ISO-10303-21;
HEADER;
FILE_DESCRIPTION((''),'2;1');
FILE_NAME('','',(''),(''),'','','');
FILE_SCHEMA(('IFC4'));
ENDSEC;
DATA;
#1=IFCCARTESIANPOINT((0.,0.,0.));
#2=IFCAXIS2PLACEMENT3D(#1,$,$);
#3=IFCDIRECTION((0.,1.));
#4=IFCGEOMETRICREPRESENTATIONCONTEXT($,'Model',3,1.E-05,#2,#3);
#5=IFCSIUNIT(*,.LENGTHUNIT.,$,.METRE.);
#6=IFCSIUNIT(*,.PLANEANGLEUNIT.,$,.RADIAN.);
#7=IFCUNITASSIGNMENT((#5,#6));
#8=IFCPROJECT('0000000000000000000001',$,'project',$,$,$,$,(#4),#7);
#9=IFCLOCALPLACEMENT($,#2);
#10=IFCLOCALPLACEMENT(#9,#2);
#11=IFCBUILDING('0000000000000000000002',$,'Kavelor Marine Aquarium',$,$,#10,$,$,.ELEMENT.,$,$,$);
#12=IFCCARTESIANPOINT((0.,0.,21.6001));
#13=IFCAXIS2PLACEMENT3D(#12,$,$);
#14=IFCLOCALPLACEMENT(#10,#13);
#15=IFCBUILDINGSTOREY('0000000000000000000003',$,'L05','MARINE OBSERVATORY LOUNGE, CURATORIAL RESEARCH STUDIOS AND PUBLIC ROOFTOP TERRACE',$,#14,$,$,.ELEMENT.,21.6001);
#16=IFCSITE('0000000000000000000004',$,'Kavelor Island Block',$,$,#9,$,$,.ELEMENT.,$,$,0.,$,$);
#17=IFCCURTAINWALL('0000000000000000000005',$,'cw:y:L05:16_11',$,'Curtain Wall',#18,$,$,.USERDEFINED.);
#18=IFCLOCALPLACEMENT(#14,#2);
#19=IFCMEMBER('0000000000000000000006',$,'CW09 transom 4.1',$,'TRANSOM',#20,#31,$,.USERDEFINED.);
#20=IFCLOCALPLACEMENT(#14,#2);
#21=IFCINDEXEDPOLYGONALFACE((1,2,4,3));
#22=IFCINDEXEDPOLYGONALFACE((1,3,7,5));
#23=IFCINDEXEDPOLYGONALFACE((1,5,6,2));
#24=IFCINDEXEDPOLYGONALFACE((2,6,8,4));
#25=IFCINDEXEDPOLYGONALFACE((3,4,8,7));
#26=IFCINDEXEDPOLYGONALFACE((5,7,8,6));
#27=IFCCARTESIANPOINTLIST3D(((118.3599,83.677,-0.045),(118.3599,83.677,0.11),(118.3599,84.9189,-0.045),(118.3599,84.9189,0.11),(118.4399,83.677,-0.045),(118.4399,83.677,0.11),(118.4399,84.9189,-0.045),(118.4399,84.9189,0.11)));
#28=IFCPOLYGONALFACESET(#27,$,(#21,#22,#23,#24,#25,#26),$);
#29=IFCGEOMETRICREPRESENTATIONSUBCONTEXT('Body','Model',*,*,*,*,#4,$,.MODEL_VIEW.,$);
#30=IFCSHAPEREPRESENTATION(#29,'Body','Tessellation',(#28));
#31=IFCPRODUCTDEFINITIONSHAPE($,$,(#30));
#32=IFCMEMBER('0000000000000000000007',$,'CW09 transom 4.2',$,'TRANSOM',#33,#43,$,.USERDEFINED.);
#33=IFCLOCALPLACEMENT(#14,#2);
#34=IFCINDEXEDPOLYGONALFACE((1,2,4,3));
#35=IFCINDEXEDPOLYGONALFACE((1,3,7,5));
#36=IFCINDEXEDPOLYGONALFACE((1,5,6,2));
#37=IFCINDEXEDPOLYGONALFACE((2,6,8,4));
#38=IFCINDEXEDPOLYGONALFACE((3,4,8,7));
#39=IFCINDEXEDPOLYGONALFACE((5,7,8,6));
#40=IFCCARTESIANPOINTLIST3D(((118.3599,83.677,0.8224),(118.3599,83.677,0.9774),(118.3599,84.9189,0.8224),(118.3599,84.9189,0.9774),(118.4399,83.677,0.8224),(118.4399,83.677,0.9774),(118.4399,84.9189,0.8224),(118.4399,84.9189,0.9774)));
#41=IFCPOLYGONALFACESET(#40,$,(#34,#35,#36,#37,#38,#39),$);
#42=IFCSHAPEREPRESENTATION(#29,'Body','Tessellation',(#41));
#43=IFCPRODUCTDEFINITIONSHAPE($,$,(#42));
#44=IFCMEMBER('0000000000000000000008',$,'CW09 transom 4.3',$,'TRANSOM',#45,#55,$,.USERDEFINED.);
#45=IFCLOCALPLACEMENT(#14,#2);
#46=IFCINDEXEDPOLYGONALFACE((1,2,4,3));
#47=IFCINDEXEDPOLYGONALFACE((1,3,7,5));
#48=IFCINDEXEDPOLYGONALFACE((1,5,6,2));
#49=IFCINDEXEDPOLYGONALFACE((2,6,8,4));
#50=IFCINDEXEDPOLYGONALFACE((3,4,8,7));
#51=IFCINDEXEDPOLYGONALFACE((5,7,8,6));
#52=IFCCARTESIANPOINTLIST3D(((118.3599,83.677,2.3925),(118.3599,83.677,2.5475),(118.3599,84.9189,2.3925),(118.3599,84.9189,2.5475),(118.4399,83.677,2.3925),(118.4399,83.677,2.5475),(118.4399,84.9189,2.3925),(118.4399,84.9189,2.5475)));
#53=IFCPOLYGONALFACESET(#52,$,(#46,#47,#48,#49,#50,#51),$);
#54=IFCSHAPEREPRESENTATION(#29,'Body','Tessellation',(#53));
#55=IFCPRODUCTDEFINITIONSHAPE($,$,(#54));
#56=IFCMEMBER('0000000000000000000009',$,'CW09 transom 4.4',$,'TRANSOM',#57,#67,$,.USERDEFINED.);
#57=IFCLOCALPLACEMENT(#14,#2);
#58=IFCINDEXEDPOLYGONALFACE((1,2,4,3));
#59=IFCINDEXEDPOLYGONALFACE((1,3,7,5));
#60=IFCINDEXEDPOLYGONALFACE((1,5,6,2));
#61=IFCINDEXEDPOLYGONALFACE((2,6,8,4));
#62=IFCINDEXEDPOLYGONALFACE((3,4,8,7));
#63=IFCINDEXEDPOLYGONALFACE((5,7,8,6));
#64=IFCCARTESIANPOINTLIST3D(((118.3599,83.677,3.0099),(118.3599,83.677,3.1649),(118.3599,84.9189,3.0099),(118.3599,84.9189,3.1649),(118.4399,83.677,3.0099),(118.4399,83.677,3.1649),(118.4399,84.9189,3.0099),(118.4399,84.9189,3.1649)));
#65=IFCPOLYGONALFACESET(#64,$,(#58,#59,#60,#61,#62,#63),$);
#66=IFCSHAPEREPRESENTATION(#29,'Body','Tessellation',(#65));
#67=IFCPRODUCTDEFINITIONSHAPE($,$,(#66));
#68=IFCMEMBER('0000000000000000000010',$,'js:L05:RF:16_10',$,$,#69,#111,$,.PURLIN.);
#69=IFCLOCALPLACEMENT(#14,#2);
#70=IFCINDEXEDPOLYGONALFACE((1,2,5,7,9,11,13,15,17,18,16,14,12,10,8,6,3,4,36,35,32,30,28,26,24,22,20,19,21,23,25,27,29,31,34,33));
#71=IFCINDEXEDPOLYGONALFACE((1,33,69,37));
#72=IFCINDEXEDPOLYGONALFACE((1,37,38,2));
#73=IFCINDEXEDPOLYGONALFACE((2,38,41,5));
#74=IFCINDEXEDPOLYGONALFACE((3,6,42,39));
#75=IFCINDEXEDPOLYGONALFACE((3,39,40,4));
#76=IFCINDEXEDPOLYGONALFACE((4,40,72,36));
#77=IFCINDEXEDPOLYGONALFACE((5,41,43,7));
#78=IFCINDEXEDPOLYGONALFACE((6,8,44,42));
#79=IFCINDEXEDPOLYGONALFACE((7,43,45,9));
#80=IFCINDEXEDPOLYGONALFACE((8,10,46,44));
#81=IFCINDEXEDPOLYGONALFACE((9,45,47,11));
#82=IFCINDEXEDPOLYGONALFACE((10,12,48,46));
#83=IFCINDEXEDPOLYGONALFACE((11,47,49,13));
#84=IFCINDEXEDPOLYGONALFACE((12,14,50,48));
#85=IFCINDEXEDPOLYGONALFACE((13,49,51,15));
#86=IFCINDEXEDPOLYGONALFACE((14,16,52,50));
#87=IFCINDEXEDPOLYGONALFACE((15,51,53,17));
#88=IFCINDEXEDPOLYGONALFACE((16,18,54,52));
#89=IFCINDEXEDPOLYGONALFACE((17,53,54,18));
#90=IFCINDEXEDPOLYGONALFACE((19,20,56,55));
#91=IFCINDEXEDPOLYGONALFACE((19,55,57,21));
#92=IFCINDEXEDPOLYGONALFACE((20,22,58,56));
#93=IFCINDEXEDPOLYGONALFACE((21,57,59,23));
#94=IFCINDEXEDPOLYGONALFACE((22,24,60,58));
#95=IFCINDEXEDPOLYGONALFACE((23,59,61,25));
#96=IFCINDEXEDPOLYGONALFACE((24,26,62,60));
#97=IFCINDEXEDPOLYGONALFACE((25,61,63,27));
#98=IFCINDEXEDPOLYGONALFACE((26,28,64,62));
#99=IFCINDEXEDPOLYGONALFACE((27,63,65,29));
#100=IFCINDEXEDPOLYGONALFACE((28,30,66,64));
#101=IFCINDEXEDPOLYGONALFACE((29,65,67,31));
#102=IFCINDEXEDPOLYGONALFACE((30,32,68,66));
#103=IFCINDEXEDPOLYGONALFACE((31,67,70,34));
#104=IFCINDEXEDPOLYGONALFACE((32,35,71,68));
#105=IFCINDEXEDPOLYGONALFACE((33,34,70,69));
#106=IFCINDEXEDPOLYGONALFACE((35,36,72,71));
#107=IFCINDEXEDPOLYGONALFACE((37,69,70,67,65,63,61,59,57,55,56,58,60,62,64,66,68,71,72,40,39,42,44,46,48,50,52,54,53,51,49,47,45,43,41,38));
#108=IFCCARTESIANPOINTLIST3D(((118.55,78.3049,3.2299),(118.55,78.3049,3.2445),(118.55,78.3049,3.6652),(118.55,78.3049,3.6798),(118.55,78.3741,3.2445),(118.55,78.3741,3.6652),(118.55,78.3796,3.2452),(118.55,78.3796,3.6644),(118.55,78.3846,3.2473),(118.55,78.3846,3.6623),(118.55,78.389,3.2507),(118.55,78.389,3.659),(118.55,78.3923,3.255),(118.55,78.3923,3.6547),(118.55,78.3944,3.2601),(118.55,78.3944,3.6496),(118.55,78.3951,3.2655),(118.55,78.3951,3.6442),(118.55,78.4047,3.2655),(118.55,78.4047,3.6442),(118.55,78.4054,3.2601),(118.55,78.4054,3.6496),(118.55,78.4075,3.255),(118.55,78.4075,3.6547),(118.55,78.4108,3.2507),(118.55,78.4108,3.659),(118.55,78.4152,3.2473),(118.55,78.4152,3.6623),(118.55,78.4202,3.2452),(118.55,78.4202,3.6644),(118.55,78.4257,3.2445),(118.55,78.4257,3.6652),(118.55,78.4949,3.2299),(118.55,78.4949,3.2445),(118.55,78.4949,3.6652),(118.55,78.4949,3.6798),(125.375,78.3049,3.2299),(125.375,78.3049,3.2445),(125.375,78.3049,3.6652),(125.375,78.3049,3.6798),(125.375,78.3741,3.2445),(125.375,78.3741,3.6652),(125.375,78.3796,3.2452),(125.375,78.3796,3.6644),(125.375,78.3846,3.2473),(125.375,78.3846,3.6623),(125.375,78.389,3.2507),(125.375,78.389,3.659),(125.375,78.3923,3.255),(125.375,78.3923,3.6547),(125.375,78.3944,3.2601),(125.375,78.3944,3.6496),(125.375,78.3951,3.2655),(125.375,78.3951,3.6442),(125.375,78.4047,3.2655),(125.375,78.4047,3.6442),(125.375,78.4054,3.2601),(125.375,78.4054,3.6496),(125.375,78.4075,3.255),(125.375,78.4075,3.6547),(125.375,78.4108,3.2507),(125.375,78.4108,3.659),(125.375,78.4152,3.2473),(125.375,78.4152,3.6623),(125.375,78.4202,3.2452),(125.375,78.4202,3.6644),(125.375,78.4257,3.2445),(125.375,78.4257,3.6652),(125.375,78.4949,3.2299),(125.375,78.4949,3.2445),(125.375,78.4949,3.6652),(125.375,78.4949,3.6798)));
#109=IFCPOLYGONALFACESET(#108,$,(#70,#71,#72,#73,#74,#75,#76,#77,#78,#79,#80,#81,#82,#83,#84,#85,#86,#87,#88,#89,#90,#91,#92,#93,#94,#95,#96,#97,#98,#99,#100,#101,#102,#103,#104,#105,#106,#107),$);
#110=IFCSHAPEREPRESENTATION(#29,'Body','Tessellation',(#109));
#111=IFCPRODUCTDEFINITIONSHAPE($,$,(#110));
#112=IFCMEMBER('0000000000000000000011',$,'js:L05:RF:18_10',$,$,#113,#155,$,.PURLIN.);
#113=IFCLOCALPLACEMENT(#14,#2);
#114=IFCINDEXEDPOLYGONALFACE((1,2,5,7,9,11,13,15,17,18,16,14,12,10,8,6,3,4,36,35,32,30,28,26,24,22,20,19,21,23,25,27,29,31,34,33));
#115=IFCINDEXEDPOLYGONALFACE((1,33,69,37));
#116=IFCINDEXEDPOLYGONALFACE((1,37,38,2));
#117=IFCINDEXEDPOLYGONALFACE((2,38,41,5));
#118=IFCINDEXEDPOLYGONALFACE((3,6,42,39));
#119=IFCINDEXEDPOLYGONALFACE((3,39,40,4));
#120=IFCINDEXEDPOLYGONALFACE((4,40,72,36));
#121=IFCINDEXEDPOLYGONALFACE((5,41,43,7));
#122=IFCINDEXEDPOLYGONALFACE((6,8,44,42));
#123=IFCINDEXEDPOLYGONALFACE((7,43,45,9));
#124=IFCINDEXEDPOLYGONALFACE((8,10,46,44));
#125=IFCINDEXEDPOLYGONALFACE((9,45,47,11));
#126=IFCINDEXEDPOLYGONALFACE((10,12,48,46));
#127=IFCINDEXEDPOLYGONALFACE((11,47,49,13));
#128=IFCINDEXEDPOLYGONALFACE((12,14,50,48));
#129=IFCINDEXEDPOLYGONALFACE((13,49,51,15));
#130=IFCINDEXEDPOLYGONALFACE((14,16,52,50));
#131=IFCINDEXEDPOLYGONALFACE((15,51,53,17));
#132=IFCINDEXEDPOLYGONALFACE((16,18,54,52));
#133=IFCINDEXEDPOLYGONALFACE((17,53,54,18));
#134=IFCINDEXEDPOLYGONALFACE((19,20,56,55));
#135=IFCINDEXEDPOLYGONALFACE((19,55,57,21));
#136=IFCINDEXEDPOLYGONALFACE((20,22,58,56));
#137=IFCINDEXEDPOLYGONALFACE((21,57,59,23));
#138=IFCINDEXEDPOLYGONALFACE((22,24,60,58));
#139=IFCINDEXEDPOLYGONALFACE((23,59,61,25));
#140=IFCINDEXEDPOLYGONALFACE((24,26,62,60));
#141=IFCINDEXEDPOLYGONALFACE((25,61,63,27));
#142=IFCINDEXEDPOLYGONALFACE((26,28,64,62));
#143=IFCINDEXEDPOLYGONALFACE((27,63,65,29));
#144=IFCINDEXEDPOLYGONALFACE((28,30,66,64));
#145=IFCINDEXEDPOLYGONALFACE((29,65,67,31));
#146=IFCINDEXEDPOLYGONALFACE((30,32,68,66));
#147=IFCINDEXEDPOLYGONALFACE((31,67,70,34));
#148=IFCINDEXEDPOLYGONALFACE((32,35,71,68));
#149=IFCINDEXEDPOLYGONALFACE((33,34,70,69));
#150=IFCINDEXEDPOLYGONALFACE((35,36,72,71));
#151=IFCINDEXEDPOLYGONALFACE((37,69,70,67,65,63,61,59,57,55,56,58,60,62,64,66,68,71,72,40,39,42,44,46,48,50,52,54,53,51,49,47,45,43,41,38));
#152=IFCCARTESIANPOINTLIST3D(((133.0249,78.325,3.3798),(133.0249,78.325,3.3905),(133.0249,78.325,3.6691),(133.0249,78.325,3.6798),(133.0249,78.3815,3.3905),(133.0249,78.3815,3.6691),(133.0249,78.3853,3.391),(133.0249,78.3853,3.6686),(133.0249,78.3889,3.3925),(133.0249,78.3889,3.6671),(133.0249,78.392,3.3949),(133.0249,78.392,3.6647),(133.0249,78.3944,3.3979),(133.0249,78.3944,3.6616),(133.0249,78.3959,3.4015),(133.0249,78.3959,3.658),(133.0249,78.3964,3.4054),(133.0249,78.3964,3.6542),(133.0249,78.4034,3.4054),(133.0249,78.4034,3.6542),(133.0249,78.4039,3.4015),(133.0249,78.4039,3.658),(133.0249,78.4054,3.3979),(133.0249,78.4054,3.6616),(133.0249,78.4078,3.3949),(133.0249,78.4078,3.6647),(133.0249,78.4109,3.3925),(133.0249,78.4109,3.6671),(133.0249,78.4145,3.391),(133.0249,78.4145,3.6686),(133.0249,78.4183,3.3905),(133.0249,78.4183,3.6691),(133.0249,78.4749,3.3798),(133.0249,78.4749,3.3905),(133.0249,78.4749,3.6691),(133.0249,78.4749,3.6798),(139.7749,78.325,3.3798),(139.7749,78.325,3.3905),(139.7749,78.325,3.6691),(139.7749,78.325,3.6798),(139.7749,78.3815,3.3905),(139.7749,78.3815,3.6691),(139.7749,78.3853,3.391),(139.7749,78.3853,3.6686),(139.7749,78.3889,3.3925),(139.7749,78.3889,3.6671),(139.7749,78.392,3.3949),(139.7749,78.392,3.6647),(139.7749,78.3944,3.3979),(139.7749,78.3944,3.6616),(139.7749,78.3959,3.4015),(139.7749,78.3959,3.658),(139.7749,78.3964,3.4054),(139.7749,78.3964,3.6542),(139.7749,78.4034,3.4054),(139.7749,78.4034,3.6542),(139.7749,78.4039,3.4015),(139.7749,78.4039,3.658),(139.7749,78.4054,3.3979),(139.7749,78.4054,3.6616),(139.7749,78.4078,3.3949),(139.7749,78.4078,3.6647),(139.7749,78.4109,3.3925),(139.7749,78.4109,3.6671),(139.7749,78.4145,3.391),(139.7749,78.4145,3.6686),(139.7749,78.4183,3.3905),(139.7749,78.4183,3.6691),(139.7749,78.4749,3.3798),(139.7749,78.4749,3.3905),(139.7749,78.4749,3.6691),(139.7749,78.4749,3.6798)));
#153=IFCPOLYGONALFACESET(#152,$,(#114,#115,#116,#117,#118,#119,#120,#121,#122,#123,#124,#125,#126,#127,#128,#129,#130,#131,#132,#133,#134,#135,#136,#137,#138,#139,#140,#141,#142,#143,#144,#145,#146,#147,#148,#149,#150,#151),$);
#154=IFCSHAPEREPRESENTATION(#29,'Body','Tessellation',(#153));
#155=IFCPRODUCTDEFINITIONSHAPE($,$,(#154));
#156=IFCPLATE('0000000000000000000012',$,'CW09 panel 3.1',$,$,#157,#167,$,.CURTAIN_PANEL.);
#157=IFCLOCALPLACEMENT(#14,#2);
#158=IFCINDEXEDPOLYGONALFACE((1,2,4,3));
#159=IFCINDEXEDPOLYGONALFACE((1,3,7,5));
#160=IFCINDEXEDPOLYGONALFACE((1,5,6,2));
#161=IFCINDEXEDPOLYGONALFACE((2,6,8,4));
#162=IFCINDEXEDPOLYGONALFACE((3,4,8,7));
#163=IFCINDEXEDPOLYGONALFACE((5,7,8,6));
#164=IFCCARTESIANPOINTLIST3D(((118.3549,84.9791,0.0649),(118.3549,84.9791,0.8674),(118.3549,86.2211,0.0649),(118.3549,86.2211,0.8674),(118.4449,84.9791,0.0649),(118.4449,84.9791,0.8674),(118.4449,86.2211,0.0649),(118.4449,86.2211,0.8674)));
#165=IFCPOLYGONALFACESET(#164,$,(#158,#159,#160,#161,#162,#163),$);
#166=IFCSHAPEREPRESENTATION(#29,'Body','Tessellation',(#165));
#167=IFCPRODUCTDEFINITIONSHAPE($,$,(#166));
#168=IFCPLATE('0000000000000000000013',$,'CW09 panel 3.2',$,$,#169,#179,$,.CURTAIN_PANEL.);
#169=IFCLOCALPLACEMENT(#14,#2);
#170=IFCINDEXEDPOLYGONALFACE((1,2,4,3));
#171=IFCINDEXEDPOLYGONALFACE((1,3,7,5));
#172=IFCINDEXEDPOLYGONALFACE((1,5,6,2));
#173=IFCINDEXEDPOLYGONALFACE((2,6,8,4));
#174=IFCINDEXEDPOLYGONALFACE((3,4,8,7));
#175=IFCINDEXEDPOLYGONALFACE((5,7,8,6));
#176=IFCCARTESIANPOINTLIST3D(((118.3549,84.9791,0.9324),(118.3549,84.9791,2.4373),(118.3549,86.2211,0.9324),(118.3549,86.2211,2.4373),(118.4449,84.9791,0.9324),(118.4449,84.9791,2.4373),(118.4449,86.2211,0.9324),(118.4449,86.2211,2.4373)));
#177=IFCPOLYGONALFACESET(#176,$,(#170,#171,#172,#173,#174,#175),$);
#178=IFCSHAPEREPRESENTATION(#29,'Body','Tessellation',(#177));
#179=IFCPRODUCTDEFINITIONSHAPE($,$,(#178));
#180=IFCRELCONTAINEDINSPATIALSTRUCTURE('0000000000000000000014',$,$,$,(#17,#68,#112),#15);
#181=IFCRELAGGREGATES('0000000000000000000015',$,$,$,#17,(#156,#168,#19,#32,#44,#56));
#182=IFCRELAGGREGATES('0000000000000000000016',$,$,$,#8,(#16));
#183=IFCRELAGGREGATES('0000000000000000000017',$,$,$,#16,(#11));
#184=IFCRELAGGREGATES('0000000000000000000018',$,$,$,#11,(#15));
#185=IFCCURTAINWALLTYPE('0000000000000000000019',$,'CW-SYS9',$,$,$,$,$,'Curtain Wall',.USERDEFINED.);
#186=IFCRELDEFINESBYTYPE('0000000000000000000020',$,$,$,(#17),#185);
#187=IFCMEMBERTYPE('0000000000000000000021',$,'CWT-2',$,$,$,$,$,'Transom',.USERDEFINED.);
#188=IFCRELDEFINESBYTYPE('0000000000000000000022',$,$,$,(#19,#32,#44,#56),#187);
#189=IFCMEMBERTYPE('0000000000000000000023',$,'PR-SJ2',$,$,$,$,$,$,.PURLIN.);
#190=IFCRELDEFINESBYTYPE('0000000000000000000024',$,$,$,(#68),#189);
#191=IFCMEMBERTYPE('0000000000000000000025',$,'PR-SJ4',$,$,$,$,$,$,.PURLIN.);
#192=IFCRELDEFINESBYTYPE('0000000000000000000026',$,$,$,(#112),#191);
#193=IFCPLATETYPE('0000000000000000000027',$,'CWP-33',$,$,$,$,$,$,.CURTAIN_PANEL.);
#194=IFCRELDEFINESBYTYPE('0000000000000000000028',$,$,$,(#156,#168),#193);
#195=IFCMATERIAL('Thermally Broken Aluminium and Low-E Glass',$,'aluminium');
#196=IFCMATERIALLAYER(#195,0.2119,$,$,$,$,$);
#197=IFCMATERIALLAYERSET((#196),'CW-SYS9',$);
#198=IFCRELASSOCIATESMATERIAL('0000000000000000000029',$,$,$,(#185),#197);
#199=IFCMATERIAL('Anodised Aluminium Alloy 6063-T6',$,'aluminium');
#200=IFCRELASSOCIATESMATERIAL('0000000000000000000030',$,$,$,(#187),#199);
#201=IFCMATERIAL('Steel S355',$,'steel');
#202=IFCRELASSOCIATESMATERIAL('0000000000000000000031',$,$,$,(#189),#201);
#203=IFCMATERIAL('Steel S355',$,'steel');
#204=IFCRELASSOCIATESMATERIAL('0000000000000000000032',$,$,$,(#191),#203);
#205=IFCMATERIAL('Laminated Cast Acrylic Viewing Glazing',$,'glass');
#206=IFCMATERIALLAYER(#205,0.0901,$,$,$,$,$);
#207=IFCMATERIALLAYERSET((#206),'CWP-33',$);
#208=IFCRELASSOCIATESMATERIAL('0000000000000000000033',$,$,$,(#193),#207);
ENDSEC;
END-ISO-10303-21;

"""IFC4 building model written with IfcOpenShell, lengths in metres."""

from ifc_helpers import new_model, si_unit, direction, frame, origin, origin_2d, place, context, subcontext, project, spatial, rectangle, i_section, extrude, material, layer, layer_set, material_profile, profile_set, type_object, element, aggregate, save


model = new_model("IFC4")

# Units and contexts
model_context = context("Model", 3, precision=1e-05, world=origin(), true_north=direction((0.0, 1.0)))
body_context = subcontext(model_context, "Body", "Model", "MODEL_VIEW")
ifc_project = project(units=[si_unit("LENGTHUNIT", "METRE"), si_unit("PLANEANGLEUNIT", "RADIAN")], contexts=[model_context])

# Site, building, storey
site_placement = place(None, origin())
site = spatial("IfcSite", under=ifc_project, at=site_placement, Name="Kavelor Island Block", CompositionType="ELEMENT", RefElevation=0.0)
building_placement = place(site_placement, origin())
building = spatial("IfcBuilding", under=site, at=building_placement, Name="Kavelor Marine Aquarium", CompositionType="ELEMENT")
storey_placement = place(building_placement, frame((0.0, 0.0, 21.6001)))
storey = spatial("IfcBuildingStorey", under=building, at=storey_placement, Name="L05", Description="MARINE OBSERVATORY LOUNGE, CURATORIAL RESEARCH STUDIOS AND PUBLIC ROOFTOP TERRACE", CompositionType="ELEMENT", Elevation=21.6001)

# Curtain wall, members
ifc_material_1 = material(Name="Thermally Broken Aluminium and Low-E Glass", Category="aluminium")
ifc_layer_1 = layer(ifc_material_1, 0.2119)
ifc_layer_set_1 = layer_set([ifc_layer_1], Name="CW-SYS9")
curtain_wall_type = type_object("IfcCurtainWallType", Name="CW-SYS9", ElementType="Curtain Wall", PredefinedType="USERDEFINED", material=ifc_layer_set_1)
curtain_wall_placement = place(storey_placement, origin())
curtain_wall = element("IfcCurtainWall", 1, at=curtain_wall_placement, inside=storey, type_object=curtain_wall_type, Name="cw:y:L05:16_11", ObjectType="Curtain Wall", PredefinedType="USERDEFINED")
ifc_material_2 = material(Name="Anodised Aluminium Alloy 6063-T6", Category="aluminium")
ifc_material_profile_1 = material_profile(ifc_material_2, rectangle(XDim=0.0801, YDim=0.155, at=origin_2d()), Name="CW-TRN 80x155")
ifc_profile_set_1 = profile_set([ifc_material_profile_1], Name="Anodised Aluminium Alloy 6063-T6")
member_type_1 = type_object("IfcMemberType", Name="CWT-2", ElementType="Transom", PredefinedType="USERDEFINED", material=ifc_profile_set_1)
member_1_placement = place(storey_placement, frame((118.3999, 84.9189, 0.0325), z_axis=(0.0, -1.0, 0.0), x_axis=(1.0, 0.0, 0.0)))
member_1 = element("IfcMember", 2, at=member_1_placement, type_object=member_type_1, Name="CW09 transom 4.1", ObjectType="TRANSOM", PredefinedType="USERDEFINED", context=body_context, shape_type="SweptSolid", body=[
    extrude(rectangle(XDim=0.0801, YDim=0.155, at=origin_2d()), origin(), (0.0, 0.0, 1.0), 1.2419),
])
member_2_placement = place(storey_placement, frame((118.3999, 84.9189, 0.8999), z_axis=(0.0, -1.0, 0.0), x_axis=(1.0, 0.0, 0.0)))
member_2 = element("IfcMember", 3, at=member_2_placement, type_object=member_type_1, Name="CW09 transom 4.2", ObjectType="TRANSOM", PredefinedType="USERDEFINED", context=body_context, shape_type="SweptSolid", body=[
    extrude(rectangle(XDim=0.0801, YDim=0.155, at=origin_2d()), origin(), (0.0, 0.0, 1.0), 1.2419),
])
member_3_placement = place(storey_placement, frame((118.3999, 84.9189, 2.47), z_axis=(0.0, -1.0, 0.0), x_axis=(1.0, 0.0, 0.0)))
member_3 = element("IfcMember", 4, at=member_3_placement, type_object=member_type_1, Name="CW09 transom 4.3", ObjectType="TRANSOM", PredefinedType="USERDEFINED", context=body_context, shape_type="SweptSolid", body=[
    extrude(rectangle(XDim=0.0801, YDim=0.155, at=origin_2d()), origin(), (0.0, 0.0, 1.0), 1.2419),
])
member_4_placement = place(storey_placement, frame((118.3999, 84.9189, 3.0874), z_axis=(0.0, -1.0, 0.0), x_axis=(1.0, 0.0, 0.0)))
member_4 = element("IfcMember", 5, at=member_4_placement, type_object=member_type_1, Name="CW09 transom 4.4", ObjectType="TRANSOM", PredefinedType="USERDEFINED", context=body_context, shape_type="SweptSolid", body=[
    extrude(rectangle(XDim=0.0801, YDim=0.155, at=origin_2d()), origin(), (0.0, 0.0, 1.0), 1.2419),
])

# Members
ifc_material_3 = material(Name="Steel S355", Category="steel")
ifc_material_profile_2 = material_profile(ifc_material_3, i_section(OverallWidth=0.1899, OverallDepth=0.45, WebThickness=0.0095, FlangeThickness=0.0146, FilletRadius=0.021, at=origin_2d()), Name="IPE 450")
ifc_profile_set_2 = profile_set([ifc_material_profile_2], Name="Steel S355")
member_type_2 = type_object("IfcMemberType", Name="PR-SJ2", PredefinedType="PURLIN", material=ifc_profile_set_2)
member_5_placement = place(storey_placement, frame((118.55, 78.3999, 3.4548), z_axis=(1.0, 0.0, 0.0), x_axis=(0.0, 1.0, 0.0)))
element("IfcMember", 6, at=member_5_placement, inside=storey, type_object=member_type_2, Name="js:L05:RF:16_10", PredefinedType="PURLIN", context=body_context, shape_type="SweptSolid", body=[
    extrude(i_section(OverallWidth=0.1899, OverallDepth=0.45, WebThickness=0.0095, FlangeThickness=0.0146, FilletRadius=0.021, at=origin_2d()), origin(), (0.0, 0.0, 1.0), 6.825),
])
ifc_material_4 = material(Name="Steel S355", Category="steel")
ifc_material_profile_3 = material_profile(ifc_material_4, i_section(OverallWidth=0.1499, OverallDepth=0.3, WebThickness=0.0071, FlangeThickness=0.0107, FilletRadius=0.0149, at=origin_2d()), Name="IPE 300")
ifc_profile_set_3 = profile_set([ifc_material_profile_3], Name="Steel S355")
member_type_3 = type_object("IfcMemberType", Name="PR-SJ4", PredefinedType="PURLIN", material=ifc_profile_set_3)
member_6_placement = place(storey_placement, frame((133.0249, 78.3999, 3.5298), z_axis=(1.0, 0.0, 0.0), x_axis=(0.0, 1.0, 0.0)))
element("IfcMember", 7, at=member_6_placement, inside=storey, type_object=member_type_3, Name="js:L05:RF:18_10", PredefinedType="PURLIN", context=body_context, shape_type="SweptSolid", body=[
    extrude(i_section(OverallWidth=0.1499, OverallDepth=0.3, WebThickness=0.0071, FlangeThickness=0.0107, FilletRadius=0.0149, at=origin_2d()), origin(), (0.0, 0.0, 1.0), 6.75),
])

# Plates
ifc_material_5 = material(Name="Laminated Cast Acrylic Viewing Glazing", Category="glass")
ifc_layer_2 = layer(ifc_material_5, 0.0901)
ifc_layer_set_2 = layer_set([ifc_layer_2], Name="CWP-33")
plate_type = type_object("IfcPlateType", Name="CWP-33", PredefinedType="CURTAIN_PANEL", material=ifc_layer_set_2)
plate_1_placement = place(storey_placement, frame((118.3999, 85.6001, 0.0649), z_axis=(0.0, 0.0, 1.0), x_axis=(0.0, -1.0, 0.0)))
plate_1 = element("IfcPlate", 8, at=plate_1_placement, type_object=plate_type, Name="CW09 panel 3.1", PredefinedType="CURTAIN_PANEL", context=body_context, shape_type="SweptSolid", body=[
    extrude(rectangle(XDim=1.2419, YDim=0.0901, at=origin_2d()), origin(), (0.0, 0.0, 1.0), 0.8025),
])
plate_2_placement = place(storey_placement, frame((118.3999, 85.6001, 0.9324), z_axis=(0.0, 0.0, 1.0), x_axis=(0.0, -1.0, 0.0)))
plate_2 = element("IfcPlate", 9, at=plate_2_placement, type_object=plate_type, Name="CW09 panel 3.2", PredefinedType="CURTAIN_PANEL", context=body_context, shape_type="SweptSolid", body=[
    extrude(rectangle(XDim=1.2419, YDim=0.0901, at=origin_2d()), origin(), (0.0, 0.0, 1.0), 1.5049),
])
aggregate(curtain_wall, [plate_1, plate_2, member_1, member_2, member_3, member_4])

save(model, "model.ifc")
